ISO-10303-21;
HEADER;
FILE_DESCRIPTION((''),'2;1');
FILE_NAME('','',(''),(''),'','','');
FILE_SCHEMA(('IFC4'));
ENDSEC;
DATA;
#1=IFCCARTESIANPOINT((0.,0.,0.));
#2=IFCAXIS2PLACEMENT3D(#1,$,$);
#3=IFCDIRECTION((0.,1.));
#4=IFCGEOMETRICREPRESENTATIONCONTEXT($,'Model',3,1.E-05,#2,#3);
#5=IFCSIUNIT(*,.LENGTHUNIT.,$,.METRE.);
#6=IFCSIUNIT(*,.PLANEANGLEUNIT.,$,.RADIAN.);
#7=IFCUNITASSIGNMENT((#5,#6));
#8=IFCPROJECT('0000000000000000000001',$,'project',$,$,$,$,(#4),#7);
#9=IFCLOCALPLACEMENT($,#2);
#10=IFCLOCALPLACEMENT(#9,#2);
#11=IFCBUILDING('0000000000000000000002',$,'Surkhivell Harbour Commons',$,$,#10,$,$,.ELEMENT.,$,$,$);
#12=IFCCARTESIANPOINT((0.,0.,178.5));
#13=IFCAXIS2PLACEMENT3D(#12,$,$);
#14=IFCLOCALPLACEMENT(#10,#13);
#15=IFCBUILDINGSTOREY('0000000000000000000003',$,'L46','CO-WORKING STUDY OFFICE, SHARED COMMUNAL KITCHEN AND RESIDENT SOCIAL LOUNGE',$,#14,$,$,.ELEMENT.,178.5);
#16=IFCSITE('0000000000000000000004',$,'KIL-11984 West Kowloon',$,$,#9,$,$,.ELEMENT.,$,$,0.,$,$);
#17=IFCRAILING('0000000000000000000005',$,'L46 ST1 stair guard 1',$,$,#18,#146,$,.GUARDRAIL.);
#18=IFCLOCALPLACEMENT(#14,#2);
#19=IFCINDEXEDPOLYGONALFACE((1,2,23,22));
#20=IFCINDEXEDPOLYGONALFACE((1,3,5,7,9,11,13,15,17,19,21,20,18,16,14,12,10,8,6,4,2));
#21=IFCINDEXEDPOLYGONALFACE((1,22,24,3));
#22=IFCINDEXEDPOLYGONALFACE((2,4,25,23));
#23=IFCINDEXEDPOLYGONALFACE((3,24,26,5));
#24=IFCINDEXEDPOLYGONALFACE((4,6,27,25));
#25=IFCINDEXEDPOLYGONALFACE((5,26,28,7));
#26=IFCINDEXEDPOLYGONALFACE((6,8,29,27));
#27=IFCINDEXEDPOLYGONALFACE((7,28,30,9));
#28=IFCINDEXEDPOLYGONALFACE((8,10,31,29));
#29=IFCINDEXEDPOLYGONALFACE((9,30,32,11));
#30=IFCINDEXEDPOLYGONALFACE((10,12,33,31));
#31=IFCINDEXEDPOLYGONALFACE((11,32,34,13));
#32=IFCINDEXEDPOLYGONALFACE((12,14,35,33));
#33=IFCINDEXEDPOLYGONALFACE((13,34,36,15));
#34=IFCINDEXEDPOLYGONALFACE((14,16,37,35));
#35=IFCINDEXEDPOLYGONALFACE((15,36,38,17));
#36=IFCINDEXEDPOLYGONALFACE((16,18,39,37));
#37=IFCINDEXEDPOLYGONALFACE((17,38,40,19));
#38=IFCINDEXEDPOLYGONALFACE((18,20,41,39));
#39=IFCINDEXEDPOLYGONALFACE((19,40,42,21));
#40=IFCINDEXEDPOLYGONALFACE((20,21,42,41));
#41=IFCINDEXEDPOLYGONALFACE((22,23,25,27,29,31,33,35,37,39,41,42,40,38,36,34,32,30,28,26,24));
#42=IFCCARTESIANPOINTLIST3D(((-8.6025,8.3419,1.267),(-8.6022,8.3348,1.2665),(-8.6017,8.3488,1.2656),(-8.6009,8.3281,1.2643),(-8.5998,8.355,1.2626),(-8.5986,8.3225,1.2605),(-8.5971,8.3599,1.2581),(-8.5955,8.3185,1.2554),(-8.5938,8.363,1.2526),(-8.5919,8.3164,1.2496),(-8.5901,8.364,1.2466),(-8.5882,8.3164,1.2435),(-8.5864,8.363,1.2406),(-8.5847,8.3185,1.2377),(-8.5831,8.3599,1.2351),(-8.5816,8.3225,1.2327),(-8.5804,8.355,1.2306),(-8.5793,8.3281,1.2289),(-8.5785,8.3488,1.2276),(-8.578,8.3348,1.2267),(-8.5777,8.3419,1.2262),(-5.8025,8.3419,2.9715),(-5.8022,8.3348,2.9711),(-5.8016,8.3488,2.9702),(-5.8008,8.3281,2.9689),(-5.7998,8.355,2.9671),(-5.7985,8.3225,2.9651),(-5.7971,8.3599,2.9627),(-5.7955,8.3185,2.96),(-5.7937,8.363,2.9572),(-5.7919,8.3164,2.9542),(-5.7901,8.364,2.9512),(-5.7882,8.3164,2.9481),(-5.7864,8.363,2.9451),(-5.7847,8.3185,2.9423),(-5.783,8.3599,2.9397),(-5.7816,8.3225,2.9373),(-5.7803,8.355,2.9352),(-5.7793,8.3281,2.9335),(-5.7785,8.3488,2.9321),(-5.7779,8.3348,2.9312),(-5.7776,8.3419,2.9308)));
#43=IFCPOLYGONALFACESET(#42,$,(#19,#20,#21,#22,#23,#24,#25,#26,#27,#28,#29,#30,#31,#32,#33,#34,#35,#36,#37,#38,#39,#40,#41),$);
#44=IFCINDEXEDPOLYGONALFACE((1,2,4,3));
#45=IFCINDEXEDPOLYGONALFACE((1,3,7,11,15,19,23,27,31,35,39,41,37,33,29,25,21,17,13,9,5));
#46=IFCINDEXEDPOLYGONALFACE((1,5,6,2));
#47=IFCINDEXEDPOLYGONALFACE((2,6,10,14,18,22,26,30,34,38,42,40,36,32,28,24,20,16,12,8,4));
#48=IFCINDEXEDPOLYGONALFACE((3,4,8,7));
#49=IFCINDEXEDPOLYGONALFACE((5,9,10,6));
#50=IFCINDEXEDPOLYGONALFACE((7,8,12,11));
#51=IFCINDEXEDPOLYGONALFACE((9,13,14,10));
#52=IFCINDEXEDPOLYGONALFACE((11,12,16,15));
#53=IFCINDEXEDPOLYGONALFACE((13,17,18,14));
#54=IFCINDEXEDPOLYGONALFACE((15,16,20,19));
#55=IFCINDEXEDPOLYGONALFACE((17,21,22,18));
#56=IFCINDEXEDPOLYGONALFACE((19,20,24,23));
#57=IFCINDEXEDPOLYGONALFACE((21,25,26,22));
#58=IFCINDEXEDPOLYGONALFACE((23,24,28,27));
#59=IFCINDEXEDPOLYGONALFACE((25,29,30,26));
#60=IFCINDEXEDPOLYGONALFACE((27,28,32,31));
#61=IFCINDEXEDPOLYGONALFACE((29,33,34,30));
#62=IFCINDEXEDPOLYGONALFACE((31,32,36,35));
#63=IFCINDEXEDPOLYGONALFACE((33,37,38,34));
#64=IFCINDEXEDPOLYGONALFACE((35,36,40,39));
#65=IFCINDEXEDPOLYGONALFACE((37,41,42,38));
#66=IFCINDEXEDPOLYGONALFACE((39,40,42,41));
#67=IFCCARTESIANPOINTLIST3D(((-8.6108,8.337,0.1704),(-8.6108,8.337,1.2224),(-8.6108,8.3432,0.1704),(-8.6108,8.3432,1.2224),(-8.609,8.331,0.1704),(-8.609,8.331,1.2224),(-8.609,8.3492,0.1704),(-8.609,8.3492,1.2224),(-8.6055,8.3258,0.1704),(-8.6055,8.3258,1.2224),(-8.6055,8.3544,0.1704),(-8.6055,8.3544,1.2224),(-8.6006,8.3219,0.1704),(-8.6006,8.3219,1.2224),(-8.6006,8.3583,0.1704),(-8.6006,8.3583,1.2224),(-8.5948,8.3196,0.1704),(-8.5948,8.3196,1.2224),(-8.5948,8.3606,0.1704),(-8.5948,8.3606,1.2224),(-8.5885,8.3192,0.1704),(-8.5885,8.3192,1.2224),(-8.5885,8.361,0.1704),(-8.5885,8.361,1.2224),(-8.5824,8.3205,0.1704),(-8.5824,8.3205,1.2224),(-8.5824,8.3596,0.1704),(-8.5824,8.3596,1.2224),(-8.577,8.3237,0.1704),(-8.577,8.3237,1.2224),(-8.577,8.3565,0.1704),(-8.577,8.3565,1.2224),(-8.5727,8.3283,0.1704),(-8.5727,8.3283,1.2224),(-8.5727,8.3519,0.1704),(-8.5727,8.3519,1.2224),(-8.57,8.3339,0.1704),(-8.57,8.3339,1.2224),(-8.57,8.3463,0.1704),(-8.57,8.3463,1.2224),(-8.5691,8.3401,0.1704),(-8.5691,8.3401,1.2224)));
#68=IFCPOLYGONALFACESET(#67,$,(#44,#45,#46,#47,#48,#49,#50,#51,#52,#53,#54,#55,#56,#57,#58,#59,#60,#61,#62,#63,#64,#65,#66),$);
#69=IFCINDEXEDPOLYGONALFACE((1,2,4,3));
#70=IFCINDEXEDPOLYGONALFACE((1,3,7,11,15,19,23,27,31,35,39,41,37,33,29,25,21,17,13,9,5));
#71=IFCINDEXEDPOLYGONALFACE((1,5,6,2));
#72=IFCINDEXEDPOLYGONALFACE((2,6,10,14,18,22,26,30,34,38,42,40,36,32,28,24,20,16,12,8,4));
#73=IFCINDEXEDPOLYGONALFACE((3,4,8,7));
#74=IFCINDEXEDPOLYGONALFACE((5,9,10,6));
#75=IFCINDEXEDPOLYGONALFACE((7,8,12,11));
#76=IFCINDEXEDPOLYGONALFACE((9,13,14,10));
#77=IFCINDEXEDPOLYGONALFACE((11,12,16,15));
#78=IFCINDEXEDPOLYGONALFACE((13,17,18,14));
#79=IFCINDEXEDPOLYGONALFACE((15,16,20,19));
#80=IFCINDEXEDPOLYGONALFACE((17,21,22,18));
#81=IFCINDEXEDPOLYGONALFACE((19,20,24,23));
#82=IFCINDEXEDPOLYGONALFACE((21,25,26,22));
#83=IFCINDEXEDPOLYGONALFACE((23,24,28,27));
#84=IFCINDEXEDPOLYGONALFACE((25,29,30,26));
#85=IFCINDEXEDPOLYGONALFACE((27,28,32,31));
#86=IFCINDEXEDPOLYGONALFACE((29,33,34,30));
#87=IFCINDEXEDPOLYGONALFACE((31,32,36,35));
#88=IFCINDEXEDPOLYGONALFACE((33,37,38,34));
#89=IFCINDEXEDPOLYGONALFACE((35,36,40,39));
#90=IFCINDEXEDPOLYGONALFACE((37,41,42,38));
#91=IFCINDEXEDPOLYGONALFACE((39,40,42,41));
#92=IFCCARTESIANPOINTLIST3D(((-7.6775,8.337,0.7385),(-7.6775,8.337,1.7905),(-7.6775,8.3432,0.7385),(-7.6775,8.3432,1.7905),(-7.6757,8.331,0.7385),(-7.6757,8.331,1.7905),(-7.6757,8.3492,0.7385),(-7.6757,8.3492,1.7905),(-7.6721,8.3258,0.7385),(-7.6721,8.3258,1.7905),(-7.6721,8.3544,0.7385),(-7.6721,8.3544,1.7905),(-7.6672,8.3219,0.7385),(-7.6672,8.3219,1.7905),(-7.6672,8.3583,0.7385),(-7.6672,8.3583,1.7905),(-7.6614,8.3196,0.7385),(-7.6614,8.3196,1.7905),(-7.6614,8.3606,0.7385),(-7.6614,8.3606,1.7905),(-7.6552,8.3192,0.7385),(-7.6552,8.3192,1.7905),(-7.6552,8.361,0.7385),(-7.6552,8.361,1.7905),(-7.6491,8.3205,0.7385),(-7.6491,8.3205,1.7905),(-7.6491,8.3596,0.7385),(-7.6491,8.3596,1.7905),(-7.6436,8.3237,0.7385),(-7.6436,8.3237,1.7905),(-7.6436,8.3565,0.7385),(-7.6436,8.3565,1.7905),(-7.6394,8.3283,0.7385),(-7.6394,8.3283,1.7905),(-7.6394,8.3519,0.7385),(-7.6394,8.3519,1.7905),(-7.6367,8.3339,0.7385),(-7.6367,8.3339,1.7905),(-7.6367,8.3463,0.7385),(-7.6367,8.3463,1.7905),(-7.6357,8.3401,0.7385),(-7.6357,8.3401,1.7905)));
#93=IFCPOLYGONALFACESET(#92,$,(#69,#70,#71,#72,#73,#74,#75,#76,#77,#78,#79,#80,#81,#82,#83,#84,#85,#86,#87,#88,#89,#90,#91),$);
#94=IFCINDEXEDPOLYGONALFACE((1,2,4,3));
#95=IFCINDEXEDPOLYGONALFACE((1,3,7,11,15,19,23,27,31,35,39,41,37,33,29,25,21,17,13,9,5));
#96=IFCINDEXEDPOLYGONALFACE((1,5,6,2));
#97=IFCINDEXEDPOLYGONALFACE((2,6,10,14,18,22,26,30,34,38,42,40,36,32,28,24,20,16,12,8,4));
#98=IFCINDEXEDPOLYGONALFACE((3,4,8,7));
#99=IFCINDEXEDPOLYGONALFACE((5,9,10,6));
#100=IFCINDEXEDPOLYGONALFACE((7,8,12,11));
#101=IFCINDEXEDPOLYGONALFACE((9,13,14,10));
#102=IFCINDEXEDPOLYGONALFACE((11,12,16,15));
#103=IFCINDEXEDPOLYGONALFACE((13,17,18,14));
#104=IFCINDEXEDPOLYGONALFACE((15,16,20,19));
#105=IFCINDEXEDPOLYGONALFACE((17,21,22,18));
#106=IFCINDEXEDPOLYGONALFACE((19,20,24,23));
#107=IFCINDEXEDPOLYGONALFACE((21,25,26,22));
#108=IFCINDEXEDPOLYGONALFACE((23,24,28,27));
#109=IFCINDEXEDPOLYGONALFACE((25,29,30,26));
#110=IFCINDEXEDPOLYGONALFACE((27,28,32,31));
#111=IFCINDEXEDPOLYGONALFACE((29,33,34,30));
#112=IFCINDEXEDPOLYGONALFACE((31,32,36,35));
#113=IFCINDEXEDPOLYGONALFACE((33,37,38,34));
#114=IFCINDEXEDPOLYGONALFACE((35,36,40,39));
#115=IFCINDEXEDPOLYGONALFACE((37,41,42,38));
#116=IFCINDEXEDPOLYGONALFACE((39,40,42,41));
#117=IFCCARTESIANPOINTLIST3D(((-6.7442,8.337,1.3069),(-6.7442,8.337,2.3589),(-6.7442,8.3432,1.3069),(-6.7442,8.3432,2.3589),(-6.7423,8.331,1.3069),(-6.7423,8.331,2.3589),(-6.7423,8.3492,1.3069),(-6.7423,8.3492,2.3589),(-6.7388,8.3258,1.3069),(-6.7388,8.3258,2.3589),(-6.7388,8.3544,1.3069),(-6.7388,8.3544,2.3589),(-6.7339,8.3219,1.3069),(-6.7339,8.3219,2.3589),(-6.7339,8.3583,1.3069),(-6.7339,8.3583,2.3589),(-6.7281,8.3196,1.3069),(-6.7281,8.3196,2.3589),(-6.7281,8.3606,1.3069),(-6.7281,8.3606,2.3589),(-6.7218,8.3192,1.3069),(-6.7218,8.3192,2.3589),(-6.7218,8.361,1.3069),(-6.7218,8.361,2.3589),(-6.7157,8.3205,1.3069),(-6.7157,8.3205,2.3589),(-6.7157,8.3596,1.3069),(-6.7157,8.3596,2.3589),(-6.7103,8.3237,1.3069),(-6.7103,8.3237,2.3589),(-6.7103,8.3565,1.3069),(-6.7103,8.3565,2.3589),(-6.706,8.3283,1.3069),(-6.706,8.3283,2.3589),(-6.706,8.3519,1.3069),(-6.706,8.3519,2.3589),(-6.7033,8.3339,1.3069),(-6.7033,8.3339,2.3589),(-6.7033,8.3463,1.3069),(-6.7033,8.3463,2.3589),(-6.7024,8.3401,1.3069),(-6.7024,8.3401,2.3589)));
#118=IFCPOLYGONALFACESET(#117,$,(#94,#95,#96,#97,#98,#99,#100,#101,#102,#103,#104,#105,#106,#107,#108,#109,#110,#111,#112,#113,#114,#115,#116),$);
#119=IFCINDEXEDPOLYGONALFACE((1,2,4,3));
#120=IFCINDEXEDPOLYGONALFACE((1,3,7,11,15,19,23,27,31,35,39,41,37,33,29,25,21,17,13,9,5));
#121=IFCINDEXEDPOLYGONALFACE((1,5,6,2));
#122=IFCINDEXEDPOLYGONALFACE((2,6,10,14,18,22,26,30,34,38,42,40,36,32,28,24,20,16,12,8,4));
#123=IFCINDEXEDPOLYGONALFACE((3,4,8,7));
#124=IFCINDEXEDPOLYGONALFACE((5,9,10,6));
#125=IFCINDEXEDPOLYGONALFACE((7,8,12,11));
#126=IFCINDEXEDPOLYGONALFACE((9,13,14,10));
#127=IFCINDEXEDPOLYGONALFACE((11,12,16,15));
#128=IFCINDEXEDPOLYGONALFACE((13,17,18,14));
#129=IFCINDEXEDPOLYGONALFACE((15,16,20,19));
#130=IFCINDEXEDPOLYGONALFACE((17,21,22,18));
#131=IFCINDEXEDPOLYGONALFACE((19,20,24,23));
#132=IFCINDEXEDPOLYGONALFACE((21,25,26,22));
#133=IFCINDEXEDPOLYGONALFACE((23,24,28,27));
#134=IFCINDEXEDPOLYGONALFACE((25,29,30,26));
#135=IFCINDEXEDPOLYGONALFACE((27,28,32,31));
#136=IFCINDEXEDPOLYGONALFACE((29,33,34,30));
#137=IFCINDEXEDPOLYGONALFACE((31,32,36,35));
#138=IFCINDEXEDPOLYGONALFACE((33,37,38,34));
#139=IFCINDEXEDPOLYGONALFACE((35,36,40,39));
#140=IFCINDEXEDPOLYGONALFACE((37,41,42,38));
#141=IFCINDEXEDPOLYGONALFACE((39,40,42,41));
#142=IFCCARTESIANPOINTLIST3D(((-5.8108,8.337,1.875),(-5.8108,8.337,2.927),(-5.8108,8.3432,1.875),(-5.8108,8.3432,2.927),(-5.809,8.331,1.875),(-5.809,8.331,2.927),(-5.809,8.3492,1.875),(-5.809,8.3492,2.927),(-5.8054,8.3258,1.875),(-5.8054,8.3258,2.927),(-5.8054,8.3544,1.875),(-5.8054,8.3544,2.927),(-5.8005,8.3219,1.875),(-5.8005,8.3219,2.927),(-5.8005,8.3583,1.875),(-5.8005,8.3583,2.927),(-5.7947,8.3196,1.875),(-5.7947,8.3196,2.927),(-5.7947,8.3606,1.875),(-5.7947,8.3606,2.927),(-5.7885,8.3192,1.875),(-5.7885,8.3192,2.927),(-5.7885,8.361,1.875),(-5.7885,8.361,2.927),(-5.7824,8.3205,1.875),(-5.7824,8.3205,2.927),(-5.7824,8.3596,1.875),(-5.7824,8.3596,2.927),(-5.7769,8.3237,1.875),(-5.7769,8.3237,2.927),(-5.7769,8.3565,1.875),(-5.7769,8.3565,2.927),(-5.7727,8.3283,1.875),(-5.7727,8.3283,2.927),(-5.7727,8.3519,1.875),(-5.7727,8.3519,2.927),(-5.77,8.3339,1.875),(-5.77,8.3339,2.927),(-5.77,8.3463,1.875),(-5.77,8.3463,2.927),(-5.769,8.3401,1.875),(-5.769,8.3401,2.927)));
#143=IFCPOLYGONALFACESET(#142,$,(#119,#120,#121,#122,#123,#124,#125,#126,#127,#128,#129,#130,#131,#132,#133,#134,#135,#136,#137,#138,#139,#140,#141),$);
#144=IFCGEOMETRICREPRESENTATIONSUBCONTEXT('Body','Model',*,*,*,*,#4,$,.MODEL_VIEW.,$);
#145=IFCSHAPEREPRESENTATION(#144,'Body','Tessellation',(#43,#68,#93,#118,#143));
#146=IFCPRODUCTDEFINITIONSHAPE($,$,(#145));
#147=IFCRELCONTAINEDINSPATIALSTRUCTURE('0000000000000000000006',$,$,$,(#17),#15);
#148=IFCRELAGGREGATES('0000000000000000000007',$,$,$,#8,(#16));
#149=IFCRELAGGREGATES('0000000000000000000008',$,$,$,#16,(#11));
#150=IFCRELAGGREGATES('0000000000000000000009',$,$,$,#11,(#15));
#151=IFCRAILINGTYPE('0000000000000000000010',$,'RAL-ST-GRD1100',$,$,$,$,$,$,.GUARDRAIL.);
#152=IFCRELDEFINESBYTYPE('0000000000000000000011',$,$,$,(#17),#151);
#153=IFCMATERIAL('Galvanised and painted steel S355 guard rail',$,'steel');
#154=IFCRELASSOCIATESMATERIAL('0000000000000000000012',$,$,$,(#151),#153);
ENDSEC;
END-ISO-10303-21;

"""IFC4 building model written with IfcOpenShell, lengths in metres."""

from ifc_helpers import new_model, si_unit, direction, frame, origin, origin_2d, place, context, subcontext, project, spatial, circle, extrude, material, type_object, element, save


model = new_model("IFC4")

# Units and contexts
model_context = context("Model", 3, precision=1e-05, world=origin(), true_north=direction((0.0, 1.0)))
body_context = subcontext(model_context, "Body", "Model", "MODEL_VIEW")
ifc_project = project(units=[si_unit("LENGTHUNIT", "METRE"), si_unit("PLANEANGLEUNIT", "RADIAN")], contexts=[model_context])

# Site, building, storey
site_placement = place(None, origin())
site = spatial("IfcSite", under=ifc_project, at=site_placement, Name="KIL-11984 West Kowloon", CompositionType="ELEMENT", RefElevation=0.0)
building_placement = place(site_placement, origin())
building = spatial("IfcBuilding", under=site, at=building_placement, Name="Surkhivell Harbour Commons", CompositionType="ELEMENT")
storey_placement = place(building_placement, frame((0.0, 0.0, 178.5)))
storey = spatial("IfcBuildingStorey", under=building, at=storey_placement, Name="L46", Description="CO-WORKING STUDY OFFICE, SHARED COMMUNAL KITCHEN AND RESIDENT SOCIAL LOUNGE", CompositionType="ELEMENT", Elevation=178.5)

# Railing
ifc_material_1 = material(Name="Galvanised and painted steel S355 guard rail", Category="steel")
railing_type_1 = type_object("IfcRailingType", Name="RAL-ST-GRD1100", PredefinedType="GUARDRAIL", material=ifc_material_1)
railing_1_placement = place(storey_placement, frame((-8.5901, 8.3401, 0.1704)))
element("IfcRailing", 1, at=railing_1_placement, inside=storey, type_object=railing_type_1, Name="L46 ST1 stair guard 1", PredefinedType="GUARDRAIL", context=body_context, shape_type="SweptSolid", body=[
    extrude(circle(Radius=0.0239, at=origin_2d()), frame((0.0, 0.0, 1.0762), z_axis=(0.85417, 0.0, 0.519994), x_axis=(0.0, 1.0, 0.0)), (0.0, 0.0, 1.0), 3.2781),
    extrude(circle(Radius=0.021, at=origin_2d()), origin(), (0.0, 0.0, 1.0), 1.052),
    extrude(circle(Radius=0.021, at=origin_2d()), frame((0.9333, 0.0, 0.5681)), (0.0, 0.0, 1.0), 1.052),
    extrude(circle(Radius=0.021, at=origin_2d()), frame((1.8667, 0.0, 1.1365)), (0.0, 0.0, 1.0), 1.052),
    extrude(circle(Radius=0.021, at=origin_2d()), frame((2.8, 0.0, 1.7046)), (0.0, 0.0, 1.0), 1.052),
])

save(model, "model.ifc")
